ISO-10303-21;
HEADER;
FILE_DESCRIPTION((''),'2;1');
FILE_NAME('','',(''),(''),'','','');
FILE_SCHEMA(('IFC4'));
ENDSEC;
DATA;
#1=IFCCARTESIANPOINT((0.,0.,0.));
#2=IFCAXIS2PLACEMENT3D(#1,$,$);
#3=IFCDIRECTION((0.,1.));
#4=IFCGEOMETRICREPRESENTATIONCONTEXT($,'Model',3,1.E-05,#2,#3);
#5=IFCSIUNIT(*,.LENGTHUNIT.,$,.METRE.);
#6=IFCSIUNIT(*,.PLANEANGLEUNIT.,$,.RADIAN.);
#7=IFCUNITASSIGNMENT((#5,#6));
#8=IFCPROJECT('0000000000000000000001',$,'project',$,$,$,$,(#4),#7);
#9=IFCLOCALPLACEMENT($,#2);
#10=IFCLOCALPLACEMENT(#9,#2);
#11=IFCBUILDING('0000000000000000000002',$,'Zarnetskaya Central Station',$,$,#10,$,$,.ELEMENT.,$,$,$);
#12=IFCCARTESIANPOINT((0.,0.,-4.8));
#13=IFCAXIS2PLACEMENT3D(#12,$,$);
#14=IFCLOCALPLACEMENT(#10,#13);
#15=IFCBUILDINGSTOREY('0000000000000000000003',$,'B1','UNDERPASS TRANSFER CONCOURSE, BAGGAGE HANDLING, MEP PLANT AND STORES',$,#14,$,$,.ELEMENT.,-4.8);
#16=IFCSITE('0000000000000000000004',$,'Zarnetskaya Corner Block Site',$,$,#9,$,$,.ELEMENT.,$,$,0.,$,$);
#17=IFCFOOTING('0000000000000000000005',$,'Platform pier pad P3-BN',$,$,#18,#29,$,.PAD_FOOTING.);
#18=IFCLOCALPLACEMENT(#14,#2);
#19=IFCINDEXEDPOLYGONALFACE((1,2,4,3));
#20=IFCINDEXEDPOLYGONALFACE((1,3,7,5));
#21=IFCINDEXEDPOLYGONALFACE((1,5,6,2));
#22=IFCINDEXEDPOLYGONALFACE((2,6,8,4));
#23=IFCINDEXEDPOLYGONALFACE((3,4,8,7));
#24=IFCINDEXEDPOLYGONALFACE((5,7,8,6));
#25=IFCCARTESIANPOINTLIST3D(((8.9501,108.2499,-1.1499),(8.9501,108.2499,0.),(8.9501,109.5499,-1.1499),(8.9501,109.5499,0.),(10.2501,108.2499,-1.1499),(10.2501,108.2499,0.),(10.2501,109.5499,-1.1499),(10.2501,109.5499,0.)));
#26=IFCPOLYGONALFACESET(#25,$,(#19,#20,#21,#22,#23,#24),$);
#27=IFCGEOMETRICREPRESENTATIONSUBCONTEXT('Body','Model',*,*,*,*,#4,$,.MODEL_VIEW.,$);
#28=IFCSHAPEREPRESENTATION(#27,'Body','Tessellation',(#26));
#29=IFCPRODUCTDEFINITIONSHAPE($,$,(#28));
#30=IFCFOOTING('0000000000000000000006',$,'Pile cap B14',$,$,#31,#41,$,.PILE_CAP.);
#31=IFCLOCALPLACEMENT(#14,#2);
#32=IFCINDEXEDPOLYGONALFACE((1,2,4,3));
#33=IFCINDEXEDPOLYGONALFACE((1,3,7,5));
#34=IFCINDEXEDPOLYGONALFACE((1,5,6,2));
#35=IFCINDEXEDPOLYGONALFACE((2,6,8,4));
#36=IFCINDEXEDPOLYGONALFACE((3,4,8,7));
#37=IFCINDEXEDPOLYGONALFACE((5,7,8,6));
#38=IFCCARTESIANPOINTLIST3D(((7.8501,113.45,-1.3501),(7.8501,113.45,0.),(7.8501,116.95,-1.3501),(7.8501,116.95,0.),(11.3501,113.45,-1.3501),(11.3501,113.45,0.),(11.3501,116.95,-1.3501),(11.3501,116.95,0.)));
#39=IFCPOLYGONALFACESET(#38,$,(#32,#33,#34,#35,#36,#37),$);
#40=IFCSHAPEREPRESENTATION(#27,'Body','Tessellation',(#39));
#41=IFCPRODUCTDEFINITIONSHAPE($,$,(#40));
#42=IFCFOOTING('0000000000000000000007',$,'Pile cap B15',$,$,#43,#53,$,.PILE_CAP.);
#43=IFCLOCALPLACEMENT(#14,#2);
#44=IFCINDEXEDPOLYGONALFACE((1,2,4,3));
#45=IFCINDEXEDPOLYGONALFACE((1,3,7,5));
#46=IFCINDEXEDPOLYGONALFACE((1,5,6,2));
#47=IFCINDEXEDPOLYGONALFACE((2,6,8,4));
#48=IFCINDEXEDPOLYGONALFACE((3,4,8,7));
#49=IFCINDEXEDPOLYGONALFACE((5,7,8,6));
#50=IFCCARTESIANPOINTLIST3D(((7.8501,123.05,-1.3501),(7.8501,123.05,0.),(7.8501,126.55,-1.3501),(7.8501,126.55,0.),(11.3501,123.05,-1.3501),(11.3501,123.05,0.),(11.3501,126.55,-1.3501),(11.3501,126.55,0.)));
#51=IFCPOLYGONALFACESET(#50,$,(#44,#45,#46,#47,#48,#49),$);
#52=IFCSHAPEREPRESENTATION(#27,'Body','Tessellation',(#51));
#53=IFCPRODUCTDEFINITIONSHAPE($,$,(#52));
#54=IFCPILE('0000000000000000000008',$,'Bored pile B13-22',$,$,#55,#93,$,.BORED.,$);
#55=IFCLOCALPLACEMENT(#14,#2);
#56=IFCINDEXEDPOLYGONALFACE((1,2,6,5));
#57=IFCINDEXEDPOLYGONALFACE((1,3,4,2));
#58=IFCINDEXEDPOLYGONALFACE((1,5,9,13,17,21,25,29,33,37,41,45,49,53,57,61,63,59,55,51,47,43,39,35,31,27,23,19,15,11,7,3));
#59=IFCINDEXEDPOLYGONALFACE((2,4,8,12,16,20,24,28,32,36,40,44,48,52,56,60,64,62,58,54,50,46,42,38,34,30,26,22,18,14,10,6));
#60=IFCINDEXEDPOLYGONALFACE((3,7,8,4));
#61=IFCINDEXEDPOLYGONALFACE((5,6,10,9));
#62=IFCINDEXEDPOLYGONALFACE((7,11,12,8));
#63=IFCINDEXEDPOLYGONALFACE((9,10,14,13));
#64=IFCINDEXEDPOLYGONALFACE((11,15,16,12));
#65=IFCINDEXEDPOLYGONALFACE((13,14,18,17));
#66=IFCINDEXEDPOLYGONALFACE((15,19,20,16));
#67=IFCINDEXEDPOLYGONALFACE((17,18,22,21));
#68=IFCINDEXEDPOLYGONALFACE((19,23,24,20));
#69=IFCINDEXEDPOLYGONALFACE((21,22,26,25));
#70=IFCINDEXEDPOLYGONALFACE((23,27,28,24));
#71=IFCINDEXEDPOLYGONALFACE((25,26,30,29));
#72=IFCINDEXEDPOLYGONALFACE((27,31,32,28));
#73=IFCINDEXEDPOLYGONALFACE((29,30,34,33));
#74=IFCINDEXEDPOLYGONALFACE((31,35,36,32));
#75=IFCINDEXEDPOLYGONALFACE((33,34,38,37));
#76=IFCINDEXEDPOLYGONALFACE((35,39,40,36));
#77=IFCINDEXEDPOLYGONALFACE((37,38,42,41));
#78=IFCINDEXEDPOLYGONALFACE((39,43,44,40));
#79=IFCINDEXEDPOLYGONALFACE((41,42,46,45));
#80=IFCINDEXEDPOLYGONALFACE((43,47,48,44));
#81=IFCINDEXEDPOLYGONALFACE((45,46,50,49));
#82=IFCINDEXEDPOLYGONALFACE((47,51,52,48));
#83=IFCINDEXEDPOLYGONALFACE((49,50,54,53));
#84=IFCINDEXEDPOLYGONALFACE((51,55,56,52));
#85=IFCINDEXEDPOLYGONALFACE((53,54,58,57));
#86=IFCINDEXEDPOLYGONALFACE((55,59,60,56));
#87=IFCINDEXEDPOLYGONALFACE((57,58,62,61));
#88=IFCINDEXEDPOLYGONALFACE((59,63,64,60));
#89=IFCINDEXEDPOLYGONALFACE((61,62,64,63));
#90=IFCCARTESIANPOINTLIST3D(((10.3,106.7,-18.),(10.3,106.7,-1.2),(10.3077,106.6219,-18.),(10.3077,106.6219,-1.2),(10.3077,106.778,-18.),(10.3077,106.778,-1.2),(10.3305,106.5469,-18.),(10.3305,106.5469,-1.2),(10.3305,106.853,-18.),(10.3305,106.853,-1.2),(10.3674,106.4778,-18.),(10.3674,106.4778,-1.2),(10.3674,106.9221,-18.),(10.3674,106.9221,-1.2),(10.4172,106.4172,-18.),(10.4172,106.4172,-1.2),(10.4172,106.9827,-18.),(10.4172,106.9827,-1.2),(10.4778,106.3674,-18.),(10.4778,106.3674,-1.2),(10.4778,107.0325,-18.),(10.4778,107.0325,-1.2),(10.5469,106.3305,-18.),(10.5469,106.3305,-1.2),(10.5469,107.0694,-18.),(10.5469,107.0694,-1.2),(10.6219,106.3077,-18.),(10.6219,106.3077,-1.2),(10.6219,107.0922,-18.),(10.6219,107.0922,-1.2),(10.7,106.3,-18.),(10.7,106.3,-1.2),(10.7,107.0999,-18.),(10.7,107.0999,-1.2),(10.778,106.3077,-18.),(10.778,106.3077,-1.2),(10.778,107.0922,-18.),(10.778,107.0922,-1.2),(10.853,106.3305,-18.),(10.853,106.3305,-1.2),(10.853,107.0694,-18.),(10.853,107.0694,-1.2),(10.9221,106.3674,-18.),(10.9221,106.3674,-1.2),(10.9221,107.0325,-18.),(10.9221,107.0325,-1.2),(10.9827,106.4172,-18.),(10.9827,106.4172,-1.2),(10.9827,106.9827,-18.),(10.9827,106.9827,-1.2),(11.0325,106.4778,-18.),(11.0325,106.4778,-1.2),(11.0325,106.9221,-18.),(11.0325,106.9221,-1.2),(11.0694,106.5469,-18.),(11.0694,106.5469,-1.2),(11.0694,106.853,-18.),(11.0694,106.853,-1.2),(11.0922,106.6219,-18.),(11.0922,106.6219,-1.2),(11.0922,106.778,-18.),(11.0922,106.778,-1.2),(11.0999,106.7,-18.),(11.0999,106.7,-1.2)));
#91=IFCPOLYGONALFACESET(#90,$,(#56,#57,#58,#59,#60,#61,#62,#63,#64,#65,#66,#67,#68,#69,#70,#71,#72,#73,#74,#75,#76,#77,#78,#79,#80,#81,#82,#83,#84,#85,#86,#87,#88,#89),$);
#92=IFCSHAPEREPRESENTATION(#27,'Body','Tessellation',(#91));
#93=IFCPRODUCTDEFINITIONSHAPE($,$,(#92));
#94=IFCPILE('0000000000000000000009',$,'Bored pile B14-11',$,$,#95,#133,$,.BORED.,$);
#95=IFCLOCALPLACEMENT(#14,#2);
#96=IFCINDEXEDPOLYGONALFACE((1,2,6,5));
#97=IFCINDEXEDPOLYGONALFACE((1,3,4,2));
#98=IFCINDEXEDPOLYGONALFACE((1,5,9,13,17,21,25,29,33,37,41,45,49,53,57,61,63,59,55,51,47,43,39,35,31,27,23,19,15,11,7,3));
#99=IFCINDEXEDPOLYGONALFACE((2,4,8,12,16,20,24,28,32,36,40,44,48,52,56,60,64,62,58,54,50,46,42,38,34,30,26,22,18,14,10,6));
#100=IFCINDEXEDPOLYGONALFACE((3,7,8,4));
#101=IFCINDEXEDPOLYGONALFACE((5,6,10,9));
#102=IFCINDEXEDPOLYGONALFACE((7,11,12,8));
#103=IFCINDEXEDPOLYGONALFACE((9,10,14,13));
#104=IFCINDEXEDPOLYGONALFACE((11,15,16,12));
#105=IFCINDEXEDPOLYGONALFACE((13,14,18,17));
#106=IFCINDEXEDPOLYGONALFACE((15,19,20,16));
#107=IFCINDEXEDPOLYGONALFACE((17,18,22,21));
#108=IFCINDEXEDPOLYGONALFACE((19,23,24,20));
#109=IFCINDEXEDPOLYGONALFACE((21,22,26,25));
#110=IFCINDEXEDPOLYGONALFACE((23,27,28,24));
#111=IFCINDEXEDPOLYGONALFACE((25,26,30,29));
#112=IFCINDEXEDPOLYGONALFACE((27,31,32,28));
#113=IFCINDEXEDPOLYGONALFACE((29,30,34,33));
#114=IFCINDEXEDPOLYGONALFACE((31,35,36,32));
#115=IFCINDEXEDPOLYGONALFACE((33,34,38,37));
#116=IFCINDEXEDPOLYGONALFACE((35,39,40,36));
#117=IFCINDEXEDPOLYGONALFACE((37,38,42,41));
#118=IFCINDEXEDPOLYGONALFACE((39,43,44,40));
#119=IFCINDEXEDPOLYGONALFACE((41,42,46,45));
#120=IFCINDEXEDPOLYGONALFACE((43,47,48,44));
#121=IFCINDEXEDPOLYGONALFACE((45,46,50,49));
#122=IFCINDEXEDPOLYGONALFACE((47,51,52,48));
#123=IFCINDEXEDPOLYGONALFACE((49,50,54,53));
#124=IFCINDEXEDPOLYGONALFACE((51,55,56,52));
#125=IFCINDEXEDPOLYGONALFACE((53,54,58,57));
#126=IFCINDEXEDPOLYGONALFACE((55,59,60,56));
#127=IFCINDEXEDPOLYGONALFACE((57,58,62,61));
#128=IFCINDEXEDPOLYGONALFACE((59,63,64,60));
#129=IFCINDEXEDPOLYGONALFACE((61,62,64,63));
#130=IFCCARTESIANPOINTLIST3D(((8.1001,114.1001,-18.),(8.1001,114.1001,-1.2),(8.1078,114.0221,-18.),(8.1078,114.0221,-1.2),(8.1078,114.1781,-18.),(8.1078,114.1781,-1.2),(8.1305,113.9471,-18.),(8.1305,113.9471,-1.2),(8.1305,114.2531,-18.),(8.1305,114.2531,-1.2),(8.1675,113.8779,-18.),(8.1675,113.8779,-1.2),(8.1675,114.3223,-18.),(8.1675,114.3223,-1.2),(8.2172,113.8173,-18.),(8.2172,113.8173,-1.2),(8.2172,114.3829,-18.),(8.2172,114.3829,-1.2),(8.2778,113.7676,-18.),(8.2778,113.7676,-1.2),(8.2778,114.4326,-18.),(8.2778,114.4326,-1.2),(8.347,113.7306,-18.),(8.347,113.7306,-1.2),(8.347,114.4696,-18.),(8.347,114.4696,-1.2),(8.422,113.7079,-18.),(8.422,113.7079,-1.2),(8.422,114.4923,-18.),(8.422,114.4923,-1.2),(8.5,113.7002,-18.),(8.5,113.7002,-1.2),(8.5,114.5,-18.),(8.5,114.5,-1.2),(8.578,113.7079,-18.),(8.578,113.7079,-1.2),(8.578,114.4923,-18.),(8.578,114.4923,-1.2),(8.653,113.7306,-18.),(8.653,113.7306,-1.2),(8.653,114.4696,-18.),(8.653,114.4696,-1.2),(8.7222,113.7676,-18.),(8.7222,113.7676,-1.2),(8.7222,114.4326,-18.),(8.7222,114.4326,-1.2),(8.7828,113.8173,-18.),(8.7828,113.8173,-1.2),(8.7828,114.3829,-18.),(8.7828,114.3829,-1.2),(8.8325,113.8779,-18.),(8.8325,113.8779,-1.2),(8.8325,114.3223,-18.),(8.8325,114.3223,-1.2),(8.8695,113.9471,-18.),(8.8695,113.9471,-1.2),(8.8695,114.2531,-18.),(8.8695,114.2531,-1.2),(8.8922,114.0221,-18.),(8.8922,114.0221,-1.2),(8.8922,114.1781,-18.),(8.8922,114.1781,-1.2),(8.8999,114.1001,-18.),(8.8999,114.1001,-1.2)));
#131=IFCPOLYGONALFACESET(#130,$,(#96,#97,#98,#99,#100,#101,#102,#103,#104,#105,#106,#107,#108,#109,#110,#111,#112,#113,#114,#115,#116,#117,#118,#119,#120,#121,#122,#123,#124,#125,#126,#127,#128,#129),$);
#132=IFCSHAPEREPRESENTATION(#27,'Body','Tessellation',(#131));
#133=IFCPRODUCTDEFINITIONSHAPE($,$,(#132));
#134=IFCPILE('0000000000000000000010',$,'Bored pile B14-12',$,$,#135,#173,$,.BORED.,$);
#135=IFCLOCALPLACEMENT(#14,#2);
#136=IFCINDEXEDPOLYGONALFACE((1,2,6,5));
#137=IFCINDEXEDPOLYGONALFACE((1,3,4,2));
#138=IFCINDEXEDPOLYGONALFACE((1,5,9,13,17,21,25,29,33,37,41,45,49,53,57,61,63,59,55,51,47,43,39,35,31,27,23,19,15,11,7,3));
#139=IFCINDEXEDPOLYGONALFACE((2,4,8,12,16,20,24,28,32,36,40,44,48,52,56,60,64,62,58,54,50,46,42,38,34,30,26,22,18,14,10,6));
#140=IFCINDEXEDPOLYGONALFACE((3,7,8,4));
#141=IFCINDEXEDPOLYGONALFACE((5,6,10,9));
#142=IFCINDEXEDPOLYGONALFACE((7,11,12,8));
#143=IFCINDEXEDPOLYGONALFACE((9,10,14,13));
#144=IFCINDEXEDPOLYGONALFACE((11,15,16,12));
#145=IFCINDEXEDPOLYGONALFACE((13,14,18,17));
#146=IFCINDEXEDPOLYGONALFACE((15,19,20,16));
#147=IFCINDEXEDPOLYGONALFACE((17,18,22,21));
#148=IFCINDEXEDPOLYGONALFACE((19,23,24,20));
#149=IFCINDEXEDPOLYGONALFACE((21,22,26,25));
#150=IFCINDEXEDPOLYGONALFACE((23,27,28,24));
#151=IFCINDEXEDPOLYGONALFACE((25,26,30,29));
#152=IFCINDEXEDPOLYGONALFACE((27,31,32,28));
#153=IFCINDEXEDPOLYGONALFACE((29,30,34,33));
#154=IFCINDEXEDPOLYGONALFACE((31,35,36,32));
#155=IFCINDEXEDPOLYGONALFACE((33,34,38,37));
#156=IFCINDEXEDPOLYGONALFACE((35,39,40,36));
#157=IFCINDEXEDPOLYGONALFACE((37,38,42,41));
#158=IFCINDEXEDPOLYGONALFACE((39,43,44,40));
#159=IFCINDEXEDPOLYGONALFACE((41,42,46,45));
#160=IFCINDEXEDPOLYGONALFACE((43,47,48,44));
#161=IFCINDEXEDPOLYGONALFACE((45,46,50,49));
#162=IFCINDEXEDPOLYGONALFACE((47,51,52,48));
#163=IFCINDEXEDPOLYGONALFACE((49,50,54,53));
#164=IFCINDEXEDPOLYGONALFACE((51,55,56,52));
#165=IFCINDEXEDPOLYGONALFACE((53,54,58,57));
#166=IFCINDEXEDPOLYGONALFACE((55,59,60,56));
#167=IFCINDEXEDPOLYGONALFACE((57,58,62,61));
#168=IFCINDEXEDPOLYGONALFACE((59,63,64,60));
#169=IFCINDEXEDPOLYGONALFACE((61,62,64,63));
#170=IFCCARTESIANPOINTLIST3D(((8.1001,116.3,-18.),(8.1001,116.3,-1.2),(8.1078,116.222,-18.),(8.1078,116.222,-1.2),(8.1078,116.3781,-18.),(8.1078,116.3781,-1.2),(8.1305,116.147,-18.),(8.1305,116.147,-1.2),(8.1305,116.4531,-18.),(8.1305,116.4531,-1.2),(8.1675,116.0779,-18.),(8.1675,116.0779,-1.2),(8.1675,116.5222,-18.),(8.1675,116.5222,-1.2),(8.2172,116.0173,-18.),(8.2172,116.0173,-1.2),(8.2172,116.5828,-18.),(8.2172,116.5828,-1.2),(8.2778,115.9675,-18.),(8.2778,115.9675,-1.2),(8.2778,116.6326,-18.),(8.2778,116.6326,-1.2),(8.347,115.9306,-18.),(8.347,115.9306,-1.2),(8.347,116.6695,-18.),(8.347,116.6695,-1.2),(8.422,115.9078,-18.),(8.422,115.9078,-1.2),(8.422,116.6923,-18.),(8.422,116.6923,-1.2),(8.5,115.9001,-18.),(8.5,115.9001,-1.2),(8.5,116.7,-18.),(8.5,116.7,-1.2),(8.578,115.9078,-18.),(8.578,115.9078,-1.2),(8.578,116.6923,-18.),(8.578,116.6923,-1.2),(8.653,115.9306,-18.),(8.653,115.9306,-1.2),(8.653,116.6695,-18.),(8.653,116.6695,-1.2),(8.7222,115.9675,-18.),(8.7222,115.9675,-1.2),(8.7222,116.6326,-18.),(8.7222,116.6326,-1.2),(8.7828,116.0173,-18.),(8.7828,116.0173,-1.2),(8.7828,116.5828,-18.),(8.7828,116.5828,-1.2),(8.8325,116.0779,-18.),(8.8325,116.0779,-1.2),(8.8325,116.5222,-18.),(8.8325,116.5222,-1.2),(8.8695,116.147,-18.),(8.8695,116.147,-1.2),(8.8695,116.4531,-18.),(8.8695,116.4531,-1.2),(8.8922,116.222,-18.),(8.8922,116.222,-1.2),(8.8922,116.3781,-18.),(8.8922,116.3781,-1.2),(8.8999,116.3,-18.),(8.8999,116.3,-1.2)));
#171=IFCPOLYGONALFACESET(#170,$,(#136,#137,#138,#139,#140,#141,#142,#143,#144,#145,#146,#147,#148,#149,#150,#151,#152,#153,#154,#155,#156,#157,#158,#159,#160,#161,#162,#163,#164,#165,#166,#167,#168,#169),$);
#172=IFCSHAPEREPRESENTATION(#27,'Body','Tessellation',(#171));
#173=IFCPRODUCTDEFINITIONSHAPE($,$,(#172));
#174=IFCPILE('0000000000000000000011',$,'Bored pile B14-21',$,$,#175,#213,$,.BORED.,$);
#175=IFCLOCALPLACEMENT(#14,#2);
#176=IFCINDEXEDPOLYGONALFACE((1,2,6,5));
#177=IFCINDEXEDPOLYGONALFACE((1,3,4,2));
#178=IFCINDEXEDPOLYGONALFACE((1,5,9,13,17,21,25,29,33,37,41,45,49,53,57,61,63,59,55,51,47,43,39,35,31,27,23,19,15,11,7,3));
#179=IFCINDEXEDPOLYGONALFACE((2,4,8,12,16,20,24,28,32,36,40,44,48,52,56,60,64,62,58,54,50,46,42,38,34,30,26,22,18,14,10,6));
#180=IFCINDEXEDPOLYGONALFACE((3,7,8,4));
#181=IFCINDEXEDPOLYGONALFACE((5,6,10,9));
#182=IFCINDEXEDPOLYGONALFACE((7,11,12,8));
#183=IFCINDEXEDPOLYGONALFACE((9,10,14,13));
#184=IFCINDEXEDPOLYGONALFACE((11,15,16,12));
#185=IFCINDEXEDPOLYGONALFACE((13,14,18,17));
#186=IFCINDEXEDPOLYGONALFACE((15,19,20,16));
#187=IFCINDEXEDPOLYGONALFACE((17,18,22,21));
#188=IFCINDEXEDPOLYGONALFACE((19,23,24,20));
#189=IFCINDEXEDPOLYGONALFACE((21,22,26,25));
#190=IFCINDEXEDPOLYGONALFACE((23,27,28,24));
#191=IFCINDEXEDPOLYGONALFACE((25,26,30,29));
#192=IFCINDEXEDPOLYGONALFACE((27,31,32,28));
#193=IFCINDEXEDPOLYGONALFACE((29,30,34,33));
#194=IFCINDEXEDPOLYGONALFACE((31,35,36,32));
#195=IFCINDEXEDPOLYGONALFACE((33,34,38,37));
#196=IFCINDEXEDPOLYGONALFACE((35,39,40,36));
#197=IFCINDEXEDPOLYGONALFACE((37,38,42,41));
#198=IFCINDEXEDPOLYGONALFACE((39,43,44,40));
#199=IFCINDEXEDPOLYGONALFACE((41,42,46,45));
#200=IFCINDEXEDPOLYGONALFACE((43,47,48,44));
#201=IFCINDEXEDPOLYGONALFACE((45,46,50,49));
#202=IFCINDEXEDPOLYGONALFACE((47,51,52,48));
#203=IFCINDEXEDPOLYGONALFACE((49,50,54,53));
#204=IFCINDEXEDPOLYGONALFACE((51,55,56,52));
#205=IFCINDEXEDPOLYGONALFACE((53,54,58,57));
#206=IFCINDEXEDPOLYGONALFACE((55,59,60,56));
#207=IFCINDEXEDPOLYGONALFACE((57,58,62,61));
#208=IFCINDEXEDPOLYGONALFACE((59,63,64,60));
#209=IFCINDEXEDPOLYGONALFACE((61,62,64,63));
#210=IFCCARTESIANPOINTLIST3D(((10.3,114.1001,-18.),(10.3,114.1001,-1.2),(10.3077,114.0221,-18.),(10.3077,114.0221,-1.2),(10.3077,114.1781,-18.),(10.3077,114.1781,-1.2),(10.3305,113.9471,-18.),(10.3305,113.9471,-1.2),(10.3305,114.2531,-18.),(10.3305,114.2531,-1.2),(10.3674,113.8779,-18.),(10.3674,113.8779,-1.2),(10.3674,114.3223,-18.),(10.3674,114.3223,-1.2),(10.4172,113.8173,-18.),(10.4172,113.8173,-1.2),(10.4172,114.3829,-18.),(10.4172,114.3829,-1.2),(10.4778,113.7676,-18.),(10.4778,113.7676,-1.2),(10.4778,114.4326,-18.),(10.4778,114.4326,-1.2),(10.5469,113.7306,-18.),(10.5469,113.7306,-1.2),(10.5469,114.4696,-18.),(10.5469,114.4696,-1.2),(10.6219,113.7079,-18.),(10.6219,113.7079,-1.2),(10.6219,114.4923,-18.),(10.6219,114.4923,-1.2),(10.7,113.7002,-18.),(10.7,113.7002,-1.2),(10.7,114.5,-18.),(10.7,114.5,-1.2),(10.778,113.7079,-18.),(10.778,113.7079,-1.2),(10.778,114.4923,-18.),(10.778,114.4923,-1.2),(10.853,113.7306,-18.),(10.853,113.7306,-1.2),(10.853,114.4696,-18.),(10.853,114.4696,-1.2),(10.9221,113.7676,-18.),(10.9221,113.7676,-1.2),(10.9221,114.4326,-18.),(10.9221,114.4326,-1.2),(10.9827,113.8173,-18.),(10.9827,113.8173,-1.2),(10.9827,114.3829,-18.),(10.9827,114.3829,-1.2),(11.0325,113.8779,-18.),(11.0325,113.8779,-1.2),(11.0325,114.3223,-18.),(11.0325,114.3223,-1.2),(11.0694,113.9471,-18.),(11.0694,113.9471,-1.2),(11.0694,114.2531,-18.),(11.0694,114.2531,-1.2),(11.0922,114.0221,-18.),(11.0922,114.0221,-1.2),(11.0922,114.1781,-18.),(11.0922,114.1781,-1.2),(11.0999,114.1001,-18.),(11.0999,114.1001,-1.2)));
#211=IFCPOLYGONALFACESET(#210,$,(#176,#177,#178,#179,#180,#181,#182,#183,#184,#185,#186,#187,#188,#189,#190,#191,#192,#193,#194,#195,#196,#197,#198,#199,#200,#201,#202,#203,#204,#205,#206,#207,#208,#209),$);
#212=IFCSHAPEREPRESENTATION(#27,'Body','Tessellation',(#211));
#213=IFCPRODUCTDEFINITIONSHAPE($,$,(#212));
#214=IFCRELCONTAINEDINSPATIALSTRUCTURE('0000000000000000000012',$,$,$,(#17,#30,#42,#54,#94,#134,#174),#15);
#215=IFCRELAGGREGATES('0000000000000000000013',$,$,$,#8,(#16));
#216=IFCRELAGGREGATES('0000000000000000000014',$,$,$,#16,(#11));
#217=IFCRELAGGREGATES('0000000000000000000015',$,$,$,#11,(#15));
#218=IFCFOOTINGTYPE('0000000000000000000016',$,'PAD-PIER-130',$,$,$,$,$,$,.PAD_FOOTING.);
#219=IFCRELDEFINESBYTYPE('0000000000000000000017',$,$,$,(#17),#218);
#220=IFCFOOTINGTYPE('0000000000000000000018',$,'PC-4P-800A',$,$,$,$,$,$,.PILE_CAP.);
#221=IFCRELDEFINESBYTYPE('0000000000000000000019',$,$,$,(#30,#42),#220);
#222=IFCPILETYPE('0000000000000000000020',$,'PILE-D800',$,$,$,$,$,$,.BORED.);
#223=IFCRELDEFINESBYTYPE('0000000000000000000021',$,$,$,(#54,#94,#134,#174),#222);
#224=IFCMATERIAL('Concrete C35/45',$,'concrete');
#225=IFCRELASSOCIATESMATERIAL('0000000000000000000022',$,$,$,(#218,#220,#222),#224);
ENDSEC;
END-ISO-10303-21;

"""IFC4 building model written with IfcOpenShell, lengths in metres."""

from ifc_helpers import new_model, si_unit, direction, frame, origin, origin_2d, place, context, subcontext, project, spatial, rectangle, circle, extrude, material, material_profile, profile_set, type_object, element, save


model = new_model("IFC4")

# Units and contexts
model_context = context("Model", 3, precision=1e-05, world=origin(), true_north=direction((0.0, 1.0)))
body_context = subcontext(model_context, "Body", "Model", "MODEL_VIEW")
ifc_project = project(units=[si_unit("LENGTHUNIT", "METRE"), si_unit("PLANEANGLEUNIT", "RADIAN")], contexts=[model_context])

# Site, building, storey
site_placement = place(None, origin())
site = spatial("IfcSite", under=ifc_project, at=site_placement, Name="Zarnetskaya Corner Block Site", CompositionType="ELEMENT", RefElevation=0.0)
building_placement = place(site_placement, origin())
building = spatial("IfcBuilding", under=site, at=building_placement, Name="Zarnetskaya Central Station", CompositionType="ELEMENT")
storey_placement = place(building_placement, frame((0.0, 0.0, -4.8)))
storey = spatial("IfcBuildingStorey", under=building, at=storey_placement, Name="B1", Description="UNDERPASS TRANSFER CONCOURSE, BAGGAGE HANDLING, MEP PLANT AND STORES", CompositionType="ELEMENT", Elevation=-4.8)

# Footings
ifc_material = material(Name="Concrete C35/45", Category="concrete")
footing_type_1 = type_object("IfcFootingType", Name="PAD-PIER-130", PredefinedType="PAD_FOOTING", material=ifc_material)
footing_placement = place(storey_placement, frame((9.6001, 108.8999, -1.1499), z_axis=(0.0, 0.0, 1.0), x_axis=(1.0, 0.0, 0.0)))
element("IfcFooting", 1, at=footing_placement, inside=storey, type_object=footing_type_1, Name="Platform pier pad P3-BN", PredefinedType="PAD_FOOTING", context=body_context, shape_type="SweptSolid", body=[
    extrude(rectangle(XDim=1.3, YDim=1.3, at=origin_2d()), origin(), (0.0, 0.0, 1.0), 1.1499),
])
footing_type_2 = type_object("IfcFootingType", Name="PC-4P-800A", PredefinedType="PILE_CAP", material=ifc_material)
for number, where, z_axis, x_axis, name in (
    (2, (9.6001, 115.2, -1.3501), (0.0, 0.0, 1.0), (1.0, 0.0, 0.0), "Pile cap B14"),
    (3, (9.6001, 124.8, -1.3501), (0.0, 0.0, 1.0), (1.0, 0.0, 0.0), "Pile cap B15"),
):
    element("IfcFooting", number, at=place(storey_placement, frame(where, z_axis=z_axis, x_axis=x_axis)), inside=storey, type_object=footing_type_2, Name=name, PredefinedType="PILE_CAP", context=body_context, shape_type="SweptSolid", body=[
        extrude(rectangle(XDim=3.5, YDim=3.5, at=origin_2d()), origin(), (0.0, 0.0, 1.0), 1.3501),
    ])

# Piles
ifc_material_profile_1 = material_profile(ifc_material, circle(Radius=0.3999, at=origin_2d()), Name="BORED PILE D800")
ifc_profile_set_1 = profile_set([ifc_material_profile_1], Name="Concrete C35/45")
pile_type = type_object("IfcPileType", Name="PILE-D800", PredefinedType="BORED", material=ifc_profile_set_1)
for number, where, z_axis, x_axis, name in (
    (4, (10.7, 106.7, -1.2), (0.0, 0.0, -1.0), (1.0, 0.0, 0.0), "Bored pile B13-22"),
    (5, (8.5, 114.1001, -1.2), (0.0, 0.0, -1.0), (1.0, 0.0, 0.0), "Bored pile B14-11"),
    (6, (8.5, 116.3, -1.2), (0.0, 0.0, -1.0), (1.0, 0.0, 0.0), "Bored pile B14-12"),
    (7, (10.7, 114.1001, -1.2), (0.0, 0.0, -1.0), (1.0, 0.0, 0.0), "Bored pile B14-21"),
):
    element("IfcPile", number, at=place(storey_placement, frame(where, z_axis=z_axis, x_axis=x_axis)), inside=storey, type_object=pile_type, Name=name, PredefinedType="BORED", context=body_context, shape_type="SweptSolid", body=[
        extrude(circle(Radius=0.3999, at=origin_2d()), origin(), (0.0, 0.0, 1.0), 16.8),
    ])

save(model, "model.ifc")
